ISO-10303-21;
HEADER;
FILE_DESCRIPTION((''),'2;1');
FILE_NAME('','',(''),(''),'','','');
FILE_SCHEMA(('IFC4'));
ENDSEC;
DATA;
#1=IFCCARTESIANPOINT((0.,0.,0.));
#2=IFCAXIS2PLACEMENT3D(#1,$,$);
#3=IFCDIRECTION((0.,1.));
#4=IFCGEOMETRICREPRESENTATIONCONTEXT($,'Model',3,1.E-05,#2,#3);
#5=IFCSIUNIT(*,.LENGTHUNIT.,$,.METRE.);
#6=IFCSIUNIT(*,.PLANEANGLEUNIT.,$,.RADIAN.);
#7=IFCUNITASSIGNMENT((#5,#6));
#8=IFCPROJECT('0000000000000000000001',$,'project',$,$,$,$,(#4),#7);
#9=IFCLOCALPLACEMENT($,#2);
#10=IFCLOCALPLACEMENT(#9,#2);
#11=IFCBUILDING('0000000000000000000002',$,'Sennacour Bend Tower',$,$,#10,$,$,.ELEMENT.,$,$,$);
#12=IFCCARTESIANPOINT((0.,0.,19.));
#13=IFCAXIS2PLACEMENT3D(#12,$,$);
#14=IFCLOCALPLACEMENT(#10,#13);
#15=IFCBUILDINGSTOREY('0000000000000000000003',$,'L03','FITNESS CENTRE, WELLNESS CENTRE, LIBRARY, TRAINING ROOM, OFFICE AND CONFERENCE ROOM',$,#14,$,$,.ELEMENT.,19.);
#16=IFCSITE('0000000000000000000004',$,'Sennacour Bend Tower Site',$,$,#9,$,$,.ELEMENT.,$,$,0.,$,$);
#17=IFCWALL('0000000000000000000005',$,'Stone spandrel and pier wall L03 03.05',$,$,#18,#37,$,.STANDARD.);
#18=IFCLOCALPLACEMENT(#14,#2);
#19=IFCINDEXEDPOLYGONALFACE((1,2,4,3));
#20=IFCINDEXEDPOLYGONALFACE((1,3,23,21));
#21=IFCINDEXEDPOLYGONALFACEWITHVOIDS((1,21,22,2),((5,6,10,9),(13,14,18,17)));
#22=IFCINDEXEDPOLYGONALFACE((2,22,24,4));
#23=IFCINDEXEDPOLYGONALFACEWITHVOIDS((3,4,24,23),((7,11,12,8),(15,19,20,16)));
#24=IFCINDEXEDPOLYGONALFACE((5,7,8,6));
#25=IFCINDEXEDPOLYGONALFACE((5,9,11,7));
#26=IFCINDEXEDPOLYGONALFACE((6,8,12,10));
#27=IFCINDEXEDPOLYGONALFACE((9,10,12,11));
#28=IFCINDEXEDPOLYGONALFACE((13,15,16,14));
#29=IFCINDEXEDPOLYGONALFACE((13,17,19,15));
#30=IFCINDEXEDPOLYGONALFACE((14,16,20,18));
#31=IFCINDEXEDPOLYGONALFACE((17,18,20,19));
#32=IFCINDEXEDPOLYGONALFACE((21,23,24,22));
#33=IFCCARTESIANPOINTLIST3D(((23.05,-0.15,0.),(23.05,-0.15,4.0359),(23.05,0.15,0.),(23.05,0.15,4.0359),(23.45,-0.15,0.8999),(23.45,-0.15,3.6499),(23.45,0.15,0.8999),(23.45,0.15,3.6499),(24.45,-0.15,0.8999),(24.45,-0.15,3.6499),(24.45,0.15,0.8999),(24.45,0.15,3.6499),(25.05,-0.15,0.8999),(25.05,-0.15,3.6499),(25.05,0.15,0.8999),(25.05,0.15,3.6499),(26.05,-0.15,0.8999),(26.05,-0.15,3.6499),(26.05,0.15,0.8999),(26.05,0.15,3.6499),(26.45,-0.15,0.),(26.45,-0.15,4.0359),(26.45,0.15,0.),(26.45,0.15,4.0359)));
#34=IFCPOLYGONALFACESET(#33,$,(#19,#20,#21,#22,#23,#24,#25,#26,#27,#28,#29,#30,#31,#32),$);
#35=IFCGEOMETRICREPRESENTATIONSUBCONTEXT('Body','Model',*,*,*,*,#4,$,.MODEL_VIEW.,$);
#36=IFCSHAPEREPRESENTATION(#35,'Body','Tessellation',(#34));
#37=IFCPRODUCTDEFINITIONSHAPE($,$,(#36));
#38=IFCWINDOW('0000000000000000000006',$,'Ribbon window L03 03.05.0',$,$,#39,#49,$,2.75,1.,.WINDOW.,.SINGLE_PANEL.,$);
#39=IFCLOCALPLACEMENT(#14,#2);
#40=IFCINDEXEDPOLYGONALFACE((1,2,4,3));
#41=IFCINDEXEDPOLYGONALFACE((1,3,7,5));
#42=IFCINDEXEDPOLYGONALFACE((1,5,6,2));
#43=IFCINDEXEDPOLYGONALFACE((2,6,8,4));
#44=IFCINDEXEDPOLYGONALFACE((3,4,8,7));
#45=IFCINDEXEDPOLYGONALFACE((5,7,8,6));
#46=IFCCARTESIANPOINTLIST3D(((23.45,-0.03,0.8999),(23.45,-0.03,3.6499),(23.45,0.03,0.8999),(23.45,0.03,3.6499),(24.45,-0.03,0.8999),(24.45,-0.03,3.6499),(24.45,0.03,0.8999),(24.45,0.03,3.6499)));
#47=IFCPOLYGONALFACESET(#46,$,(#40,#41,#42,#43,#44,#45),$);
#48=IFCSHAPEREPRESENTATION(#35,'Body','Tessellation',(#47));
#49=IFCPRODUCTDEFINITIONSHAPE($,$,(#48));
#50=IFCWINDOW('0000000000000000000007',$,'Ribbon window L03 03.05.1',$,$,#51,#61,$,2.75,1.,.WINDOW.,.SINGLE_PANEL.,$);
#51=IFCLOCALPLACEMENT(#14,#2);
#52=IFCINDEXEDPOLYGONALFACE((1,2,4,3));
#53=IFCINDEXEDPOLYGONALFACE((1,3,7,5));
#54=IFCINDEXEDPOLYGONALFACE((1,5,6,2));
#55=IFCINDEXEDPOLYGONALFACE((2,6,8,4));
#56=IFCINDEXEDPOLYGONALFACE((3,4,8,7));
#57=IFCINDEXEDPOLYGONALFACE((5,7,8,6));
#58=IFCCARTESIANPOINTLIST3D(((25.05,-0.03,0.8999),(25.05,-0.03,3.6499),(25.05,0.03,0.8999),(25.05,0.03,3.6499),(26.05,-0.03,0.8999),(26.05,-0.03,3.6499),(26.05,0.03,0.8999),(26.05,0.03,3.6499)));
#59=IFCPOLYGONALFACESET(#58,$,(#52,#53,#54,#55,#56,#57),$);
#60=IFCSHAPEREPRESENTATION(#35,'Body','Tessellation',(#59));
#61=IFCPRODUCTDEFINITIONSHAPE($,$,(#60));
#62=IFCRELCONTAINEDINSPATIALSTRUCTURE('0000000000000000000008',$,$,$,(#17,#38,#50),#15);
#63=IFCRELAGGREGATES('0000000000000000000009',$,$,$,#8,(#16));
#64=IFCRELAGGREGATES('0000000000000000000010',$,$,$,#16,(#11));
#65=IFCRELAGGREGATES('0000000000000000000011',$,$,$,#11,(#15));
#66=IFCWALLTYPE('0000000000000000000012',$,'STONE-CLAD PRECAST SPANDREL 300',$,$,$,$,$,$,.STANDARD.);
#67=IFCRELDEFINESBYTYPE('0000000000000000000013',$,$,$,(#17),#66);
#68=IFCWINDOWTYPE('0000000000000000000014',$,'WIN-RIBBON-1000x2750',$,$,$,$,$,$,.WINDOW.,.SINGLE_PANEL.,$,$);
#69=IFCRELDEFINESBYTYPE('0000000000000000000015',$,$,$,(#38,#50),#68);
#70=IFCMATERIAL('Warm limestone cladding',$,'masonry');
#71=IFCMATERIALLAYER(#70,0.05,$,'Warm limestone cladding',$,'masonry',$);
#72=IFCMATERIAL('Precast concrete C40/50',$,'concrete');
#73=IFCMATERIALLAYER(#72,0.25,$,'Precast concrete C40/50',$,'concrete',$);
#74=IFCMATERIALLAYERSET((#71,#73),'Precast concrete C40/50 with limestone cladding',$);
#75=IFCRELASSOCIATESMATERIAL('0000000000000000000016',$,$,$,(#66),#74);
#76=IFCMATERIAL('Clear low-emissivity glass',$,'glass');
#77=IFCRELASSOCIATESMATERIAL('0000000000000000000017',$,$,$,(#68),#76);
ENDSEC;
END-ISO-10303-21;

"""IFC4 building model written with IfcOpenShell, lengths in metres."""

from ifc_helpers import new_model, si_unit, direction, frame, frame_2d, origin, place, context, subcontext, project, spatial, rectangle, extrude, material, layer, layer_set, type_object, element, fill, save


model = new_model("IFC4")

# Units and contexts
model_context = context("Model", 3, precision=1e-05, world=origin(), true_north=direction((0.0, 1.0)))
body_context = subcontext(model_context, "Body", "Model", "MODEL_VIEW")
ifc_project = project(units=[si_unit("LENGTHUNIT", "METRE"), si_unit("PLANEANGLEUNIT", "RADIAN")], contexts=[model_context])

# Site, building, storey
site_placement = place(None, origin())
site = spatial("IfcSite", under=ifc_project, at=site_placement, Name="Sennacour Bend Tower Site", CompositionType="ELEMENT", RefElevation=0.0)
building_placement = place(site_placement, origin())
building = spatial("IfcBuilding", under=site, at=building_placement, Name="Sennacour Bend Tower", CompositionType="ELEMENT")
storey_placement = place(building_placement, frame((0.0, 0.0, 19.0)))
storey = spatial("IfcBuildingStorey", under=building, at=storey_placement, Name="L03", Description="FITNESS CENTRE, WELLNESS CENTRE, LIBRARY, TRAINING ROOM, OFFICE AND CONFERENCE ROOM", CompositionType="ELEMENT", Elevation=19.0)

# Wall, openings, windows
ifc_material_1 = material(Name="Warm limestone cladding", Category="masonry")
ifc_layer_1 = layer(ifc_material_1, 0.05, Name="Warm limestone cladding", Category="masonry")
ifc_material_2 = material(Name="Precast concrete C40/50", Category="concrete")
ifc_layer_2 = layer(ifc_material_2, 0.25, Name="Precast concrete C40/50", Category="concrete")
ifc_layer_set_1 = layer_set([ifc_layer_1, ifc_layer_2], Name="Precast concrete C40/50 with limestone cladding")
wall_type_1 = type_object("IfcWallType", Name="STONE-CLAD PRECAST SPANDREL 300", PredefinedType="STANDARD", material=ifc_layer_set_1)
ifc_material_3 = material(Name="Clear low-emissivity glass", Category="glass")
window_type = type_object("IfcWindowType", Name="WIN-RIBBON-1000x2750", PartitioningType="SINGLE_PANEL", PredefinedType="WINDOW", material=ifc_material_3)
wall_1_placement = place(storey_placement, frame((23.05, 0.0, 0.0), z_axis=(0.0, 0.0, 1.0), x_axis=(1.0, 0.0, 0.0)))
wall_1 = element("IfcWall", 1, at=wall_1_placement, inside=storey, type_object=wall_type_1, Name="Stone spandrel and pier wall L03 03.05", PredefinedType="STANDARD", context=body_context, shape_type="SweptSolid", body=[
    extrude(rectangle(XDim=3.3999, YDim=0.3, at=frame_2d((1.7, 0.0))), origin(), (0.0, 0.0, 1.0), 4.0359),
])
opening_1_placement = place(wall_1_placement, frame((0.3999, 0.0, 0.8999)))
opening_1 = element("IfcOpeningElement", 2, at=opening_1_placement, cuts=wall_1, PredefinedType="OPENING", context=body_context, shape_type="SweptSolid", body=[
    extrude(rectangle(XDim=1.0, YDim=2.75, at=frame_2d((0.5, 1.375))), frame((0.0, 0.1602, 0.0), z_axis=(0.0, -1.0, 0.0), x_axis=(1.0, 0.0, 0.0)), (0.0, 0.0, 1.0), 0.3201),
])
opening_2_placement = place(wall_1_placement, frame((2.0, 0.0, 0.8999)))
opening_2 = element("IfcOpeningElement", 3, at=opening_2_placement, cuts=wall_1, PredefinedType="OPENING", context=body_context, shape_type="SweptSolid", body=[
    extrude(rectangle(XDim=1.0, YDim=2.75, at=frame_2d((0.5, 1.375))), frame((0.0, 0.1602, 0.0), z_axis=(0.0, -1.0, 0.0), x_axis=(1.0, 0.0, 0.0)), (0.0, 0.0, 1.0), 0.3201),
])
window_1_placement = place(opening_1_placement, origin())
window_1 = element("IfcWindow", 4, at=window_1_placement, inside=storey, type_object=window_type, Name="Ribbon window L03 03.05.0", OverallHeight=2.75, OverallWidth=1.0, PartitioningType="SINGLE_PANEL", PredefinedType="WINDOW", context=body_context, shape_type="SweptSolid", body=[
    extrude(rectangle(XDim=1.0, YDim=2.75, at=frame_2d((0.5, 1.375))), frame((0.0, 0.03, 0.0), z_axis=(0.0, -1.0, 0.0), x_axis=(1.0, 0.0, 0.0)), (0.0, 0.0, 1.0), 0.0601),
])
fill(opening_1, window_1)
window_2_placement = place(opening_2_placement, origin())
window_2 = element("IfcWindow", 5, at=window_2_placement, inside=storey, type_object=window_type, Name="Ribbon window L03 03.05.1", OverallHeight=2.75, OverallWidth=1.0, PartitioningType="SINGLE_PANEL", PredefinedType="WINDOW", context=body_context, shape_type="SweptSolid", body=[
    extrude(rectangle(XDim=1.0, YDim=2.75, at=frame_2d((0.5, 1.375))), frame((0.0, 0.03, 0.0), z_axis=(0.0, -1.0, 0.0), x_axis=(1.0, 0.0, 0.0)), (0.0, 0.0, 1.0), 0.0601),
])
fill(opening_2, window_2)

save(model, "model.ifc")
